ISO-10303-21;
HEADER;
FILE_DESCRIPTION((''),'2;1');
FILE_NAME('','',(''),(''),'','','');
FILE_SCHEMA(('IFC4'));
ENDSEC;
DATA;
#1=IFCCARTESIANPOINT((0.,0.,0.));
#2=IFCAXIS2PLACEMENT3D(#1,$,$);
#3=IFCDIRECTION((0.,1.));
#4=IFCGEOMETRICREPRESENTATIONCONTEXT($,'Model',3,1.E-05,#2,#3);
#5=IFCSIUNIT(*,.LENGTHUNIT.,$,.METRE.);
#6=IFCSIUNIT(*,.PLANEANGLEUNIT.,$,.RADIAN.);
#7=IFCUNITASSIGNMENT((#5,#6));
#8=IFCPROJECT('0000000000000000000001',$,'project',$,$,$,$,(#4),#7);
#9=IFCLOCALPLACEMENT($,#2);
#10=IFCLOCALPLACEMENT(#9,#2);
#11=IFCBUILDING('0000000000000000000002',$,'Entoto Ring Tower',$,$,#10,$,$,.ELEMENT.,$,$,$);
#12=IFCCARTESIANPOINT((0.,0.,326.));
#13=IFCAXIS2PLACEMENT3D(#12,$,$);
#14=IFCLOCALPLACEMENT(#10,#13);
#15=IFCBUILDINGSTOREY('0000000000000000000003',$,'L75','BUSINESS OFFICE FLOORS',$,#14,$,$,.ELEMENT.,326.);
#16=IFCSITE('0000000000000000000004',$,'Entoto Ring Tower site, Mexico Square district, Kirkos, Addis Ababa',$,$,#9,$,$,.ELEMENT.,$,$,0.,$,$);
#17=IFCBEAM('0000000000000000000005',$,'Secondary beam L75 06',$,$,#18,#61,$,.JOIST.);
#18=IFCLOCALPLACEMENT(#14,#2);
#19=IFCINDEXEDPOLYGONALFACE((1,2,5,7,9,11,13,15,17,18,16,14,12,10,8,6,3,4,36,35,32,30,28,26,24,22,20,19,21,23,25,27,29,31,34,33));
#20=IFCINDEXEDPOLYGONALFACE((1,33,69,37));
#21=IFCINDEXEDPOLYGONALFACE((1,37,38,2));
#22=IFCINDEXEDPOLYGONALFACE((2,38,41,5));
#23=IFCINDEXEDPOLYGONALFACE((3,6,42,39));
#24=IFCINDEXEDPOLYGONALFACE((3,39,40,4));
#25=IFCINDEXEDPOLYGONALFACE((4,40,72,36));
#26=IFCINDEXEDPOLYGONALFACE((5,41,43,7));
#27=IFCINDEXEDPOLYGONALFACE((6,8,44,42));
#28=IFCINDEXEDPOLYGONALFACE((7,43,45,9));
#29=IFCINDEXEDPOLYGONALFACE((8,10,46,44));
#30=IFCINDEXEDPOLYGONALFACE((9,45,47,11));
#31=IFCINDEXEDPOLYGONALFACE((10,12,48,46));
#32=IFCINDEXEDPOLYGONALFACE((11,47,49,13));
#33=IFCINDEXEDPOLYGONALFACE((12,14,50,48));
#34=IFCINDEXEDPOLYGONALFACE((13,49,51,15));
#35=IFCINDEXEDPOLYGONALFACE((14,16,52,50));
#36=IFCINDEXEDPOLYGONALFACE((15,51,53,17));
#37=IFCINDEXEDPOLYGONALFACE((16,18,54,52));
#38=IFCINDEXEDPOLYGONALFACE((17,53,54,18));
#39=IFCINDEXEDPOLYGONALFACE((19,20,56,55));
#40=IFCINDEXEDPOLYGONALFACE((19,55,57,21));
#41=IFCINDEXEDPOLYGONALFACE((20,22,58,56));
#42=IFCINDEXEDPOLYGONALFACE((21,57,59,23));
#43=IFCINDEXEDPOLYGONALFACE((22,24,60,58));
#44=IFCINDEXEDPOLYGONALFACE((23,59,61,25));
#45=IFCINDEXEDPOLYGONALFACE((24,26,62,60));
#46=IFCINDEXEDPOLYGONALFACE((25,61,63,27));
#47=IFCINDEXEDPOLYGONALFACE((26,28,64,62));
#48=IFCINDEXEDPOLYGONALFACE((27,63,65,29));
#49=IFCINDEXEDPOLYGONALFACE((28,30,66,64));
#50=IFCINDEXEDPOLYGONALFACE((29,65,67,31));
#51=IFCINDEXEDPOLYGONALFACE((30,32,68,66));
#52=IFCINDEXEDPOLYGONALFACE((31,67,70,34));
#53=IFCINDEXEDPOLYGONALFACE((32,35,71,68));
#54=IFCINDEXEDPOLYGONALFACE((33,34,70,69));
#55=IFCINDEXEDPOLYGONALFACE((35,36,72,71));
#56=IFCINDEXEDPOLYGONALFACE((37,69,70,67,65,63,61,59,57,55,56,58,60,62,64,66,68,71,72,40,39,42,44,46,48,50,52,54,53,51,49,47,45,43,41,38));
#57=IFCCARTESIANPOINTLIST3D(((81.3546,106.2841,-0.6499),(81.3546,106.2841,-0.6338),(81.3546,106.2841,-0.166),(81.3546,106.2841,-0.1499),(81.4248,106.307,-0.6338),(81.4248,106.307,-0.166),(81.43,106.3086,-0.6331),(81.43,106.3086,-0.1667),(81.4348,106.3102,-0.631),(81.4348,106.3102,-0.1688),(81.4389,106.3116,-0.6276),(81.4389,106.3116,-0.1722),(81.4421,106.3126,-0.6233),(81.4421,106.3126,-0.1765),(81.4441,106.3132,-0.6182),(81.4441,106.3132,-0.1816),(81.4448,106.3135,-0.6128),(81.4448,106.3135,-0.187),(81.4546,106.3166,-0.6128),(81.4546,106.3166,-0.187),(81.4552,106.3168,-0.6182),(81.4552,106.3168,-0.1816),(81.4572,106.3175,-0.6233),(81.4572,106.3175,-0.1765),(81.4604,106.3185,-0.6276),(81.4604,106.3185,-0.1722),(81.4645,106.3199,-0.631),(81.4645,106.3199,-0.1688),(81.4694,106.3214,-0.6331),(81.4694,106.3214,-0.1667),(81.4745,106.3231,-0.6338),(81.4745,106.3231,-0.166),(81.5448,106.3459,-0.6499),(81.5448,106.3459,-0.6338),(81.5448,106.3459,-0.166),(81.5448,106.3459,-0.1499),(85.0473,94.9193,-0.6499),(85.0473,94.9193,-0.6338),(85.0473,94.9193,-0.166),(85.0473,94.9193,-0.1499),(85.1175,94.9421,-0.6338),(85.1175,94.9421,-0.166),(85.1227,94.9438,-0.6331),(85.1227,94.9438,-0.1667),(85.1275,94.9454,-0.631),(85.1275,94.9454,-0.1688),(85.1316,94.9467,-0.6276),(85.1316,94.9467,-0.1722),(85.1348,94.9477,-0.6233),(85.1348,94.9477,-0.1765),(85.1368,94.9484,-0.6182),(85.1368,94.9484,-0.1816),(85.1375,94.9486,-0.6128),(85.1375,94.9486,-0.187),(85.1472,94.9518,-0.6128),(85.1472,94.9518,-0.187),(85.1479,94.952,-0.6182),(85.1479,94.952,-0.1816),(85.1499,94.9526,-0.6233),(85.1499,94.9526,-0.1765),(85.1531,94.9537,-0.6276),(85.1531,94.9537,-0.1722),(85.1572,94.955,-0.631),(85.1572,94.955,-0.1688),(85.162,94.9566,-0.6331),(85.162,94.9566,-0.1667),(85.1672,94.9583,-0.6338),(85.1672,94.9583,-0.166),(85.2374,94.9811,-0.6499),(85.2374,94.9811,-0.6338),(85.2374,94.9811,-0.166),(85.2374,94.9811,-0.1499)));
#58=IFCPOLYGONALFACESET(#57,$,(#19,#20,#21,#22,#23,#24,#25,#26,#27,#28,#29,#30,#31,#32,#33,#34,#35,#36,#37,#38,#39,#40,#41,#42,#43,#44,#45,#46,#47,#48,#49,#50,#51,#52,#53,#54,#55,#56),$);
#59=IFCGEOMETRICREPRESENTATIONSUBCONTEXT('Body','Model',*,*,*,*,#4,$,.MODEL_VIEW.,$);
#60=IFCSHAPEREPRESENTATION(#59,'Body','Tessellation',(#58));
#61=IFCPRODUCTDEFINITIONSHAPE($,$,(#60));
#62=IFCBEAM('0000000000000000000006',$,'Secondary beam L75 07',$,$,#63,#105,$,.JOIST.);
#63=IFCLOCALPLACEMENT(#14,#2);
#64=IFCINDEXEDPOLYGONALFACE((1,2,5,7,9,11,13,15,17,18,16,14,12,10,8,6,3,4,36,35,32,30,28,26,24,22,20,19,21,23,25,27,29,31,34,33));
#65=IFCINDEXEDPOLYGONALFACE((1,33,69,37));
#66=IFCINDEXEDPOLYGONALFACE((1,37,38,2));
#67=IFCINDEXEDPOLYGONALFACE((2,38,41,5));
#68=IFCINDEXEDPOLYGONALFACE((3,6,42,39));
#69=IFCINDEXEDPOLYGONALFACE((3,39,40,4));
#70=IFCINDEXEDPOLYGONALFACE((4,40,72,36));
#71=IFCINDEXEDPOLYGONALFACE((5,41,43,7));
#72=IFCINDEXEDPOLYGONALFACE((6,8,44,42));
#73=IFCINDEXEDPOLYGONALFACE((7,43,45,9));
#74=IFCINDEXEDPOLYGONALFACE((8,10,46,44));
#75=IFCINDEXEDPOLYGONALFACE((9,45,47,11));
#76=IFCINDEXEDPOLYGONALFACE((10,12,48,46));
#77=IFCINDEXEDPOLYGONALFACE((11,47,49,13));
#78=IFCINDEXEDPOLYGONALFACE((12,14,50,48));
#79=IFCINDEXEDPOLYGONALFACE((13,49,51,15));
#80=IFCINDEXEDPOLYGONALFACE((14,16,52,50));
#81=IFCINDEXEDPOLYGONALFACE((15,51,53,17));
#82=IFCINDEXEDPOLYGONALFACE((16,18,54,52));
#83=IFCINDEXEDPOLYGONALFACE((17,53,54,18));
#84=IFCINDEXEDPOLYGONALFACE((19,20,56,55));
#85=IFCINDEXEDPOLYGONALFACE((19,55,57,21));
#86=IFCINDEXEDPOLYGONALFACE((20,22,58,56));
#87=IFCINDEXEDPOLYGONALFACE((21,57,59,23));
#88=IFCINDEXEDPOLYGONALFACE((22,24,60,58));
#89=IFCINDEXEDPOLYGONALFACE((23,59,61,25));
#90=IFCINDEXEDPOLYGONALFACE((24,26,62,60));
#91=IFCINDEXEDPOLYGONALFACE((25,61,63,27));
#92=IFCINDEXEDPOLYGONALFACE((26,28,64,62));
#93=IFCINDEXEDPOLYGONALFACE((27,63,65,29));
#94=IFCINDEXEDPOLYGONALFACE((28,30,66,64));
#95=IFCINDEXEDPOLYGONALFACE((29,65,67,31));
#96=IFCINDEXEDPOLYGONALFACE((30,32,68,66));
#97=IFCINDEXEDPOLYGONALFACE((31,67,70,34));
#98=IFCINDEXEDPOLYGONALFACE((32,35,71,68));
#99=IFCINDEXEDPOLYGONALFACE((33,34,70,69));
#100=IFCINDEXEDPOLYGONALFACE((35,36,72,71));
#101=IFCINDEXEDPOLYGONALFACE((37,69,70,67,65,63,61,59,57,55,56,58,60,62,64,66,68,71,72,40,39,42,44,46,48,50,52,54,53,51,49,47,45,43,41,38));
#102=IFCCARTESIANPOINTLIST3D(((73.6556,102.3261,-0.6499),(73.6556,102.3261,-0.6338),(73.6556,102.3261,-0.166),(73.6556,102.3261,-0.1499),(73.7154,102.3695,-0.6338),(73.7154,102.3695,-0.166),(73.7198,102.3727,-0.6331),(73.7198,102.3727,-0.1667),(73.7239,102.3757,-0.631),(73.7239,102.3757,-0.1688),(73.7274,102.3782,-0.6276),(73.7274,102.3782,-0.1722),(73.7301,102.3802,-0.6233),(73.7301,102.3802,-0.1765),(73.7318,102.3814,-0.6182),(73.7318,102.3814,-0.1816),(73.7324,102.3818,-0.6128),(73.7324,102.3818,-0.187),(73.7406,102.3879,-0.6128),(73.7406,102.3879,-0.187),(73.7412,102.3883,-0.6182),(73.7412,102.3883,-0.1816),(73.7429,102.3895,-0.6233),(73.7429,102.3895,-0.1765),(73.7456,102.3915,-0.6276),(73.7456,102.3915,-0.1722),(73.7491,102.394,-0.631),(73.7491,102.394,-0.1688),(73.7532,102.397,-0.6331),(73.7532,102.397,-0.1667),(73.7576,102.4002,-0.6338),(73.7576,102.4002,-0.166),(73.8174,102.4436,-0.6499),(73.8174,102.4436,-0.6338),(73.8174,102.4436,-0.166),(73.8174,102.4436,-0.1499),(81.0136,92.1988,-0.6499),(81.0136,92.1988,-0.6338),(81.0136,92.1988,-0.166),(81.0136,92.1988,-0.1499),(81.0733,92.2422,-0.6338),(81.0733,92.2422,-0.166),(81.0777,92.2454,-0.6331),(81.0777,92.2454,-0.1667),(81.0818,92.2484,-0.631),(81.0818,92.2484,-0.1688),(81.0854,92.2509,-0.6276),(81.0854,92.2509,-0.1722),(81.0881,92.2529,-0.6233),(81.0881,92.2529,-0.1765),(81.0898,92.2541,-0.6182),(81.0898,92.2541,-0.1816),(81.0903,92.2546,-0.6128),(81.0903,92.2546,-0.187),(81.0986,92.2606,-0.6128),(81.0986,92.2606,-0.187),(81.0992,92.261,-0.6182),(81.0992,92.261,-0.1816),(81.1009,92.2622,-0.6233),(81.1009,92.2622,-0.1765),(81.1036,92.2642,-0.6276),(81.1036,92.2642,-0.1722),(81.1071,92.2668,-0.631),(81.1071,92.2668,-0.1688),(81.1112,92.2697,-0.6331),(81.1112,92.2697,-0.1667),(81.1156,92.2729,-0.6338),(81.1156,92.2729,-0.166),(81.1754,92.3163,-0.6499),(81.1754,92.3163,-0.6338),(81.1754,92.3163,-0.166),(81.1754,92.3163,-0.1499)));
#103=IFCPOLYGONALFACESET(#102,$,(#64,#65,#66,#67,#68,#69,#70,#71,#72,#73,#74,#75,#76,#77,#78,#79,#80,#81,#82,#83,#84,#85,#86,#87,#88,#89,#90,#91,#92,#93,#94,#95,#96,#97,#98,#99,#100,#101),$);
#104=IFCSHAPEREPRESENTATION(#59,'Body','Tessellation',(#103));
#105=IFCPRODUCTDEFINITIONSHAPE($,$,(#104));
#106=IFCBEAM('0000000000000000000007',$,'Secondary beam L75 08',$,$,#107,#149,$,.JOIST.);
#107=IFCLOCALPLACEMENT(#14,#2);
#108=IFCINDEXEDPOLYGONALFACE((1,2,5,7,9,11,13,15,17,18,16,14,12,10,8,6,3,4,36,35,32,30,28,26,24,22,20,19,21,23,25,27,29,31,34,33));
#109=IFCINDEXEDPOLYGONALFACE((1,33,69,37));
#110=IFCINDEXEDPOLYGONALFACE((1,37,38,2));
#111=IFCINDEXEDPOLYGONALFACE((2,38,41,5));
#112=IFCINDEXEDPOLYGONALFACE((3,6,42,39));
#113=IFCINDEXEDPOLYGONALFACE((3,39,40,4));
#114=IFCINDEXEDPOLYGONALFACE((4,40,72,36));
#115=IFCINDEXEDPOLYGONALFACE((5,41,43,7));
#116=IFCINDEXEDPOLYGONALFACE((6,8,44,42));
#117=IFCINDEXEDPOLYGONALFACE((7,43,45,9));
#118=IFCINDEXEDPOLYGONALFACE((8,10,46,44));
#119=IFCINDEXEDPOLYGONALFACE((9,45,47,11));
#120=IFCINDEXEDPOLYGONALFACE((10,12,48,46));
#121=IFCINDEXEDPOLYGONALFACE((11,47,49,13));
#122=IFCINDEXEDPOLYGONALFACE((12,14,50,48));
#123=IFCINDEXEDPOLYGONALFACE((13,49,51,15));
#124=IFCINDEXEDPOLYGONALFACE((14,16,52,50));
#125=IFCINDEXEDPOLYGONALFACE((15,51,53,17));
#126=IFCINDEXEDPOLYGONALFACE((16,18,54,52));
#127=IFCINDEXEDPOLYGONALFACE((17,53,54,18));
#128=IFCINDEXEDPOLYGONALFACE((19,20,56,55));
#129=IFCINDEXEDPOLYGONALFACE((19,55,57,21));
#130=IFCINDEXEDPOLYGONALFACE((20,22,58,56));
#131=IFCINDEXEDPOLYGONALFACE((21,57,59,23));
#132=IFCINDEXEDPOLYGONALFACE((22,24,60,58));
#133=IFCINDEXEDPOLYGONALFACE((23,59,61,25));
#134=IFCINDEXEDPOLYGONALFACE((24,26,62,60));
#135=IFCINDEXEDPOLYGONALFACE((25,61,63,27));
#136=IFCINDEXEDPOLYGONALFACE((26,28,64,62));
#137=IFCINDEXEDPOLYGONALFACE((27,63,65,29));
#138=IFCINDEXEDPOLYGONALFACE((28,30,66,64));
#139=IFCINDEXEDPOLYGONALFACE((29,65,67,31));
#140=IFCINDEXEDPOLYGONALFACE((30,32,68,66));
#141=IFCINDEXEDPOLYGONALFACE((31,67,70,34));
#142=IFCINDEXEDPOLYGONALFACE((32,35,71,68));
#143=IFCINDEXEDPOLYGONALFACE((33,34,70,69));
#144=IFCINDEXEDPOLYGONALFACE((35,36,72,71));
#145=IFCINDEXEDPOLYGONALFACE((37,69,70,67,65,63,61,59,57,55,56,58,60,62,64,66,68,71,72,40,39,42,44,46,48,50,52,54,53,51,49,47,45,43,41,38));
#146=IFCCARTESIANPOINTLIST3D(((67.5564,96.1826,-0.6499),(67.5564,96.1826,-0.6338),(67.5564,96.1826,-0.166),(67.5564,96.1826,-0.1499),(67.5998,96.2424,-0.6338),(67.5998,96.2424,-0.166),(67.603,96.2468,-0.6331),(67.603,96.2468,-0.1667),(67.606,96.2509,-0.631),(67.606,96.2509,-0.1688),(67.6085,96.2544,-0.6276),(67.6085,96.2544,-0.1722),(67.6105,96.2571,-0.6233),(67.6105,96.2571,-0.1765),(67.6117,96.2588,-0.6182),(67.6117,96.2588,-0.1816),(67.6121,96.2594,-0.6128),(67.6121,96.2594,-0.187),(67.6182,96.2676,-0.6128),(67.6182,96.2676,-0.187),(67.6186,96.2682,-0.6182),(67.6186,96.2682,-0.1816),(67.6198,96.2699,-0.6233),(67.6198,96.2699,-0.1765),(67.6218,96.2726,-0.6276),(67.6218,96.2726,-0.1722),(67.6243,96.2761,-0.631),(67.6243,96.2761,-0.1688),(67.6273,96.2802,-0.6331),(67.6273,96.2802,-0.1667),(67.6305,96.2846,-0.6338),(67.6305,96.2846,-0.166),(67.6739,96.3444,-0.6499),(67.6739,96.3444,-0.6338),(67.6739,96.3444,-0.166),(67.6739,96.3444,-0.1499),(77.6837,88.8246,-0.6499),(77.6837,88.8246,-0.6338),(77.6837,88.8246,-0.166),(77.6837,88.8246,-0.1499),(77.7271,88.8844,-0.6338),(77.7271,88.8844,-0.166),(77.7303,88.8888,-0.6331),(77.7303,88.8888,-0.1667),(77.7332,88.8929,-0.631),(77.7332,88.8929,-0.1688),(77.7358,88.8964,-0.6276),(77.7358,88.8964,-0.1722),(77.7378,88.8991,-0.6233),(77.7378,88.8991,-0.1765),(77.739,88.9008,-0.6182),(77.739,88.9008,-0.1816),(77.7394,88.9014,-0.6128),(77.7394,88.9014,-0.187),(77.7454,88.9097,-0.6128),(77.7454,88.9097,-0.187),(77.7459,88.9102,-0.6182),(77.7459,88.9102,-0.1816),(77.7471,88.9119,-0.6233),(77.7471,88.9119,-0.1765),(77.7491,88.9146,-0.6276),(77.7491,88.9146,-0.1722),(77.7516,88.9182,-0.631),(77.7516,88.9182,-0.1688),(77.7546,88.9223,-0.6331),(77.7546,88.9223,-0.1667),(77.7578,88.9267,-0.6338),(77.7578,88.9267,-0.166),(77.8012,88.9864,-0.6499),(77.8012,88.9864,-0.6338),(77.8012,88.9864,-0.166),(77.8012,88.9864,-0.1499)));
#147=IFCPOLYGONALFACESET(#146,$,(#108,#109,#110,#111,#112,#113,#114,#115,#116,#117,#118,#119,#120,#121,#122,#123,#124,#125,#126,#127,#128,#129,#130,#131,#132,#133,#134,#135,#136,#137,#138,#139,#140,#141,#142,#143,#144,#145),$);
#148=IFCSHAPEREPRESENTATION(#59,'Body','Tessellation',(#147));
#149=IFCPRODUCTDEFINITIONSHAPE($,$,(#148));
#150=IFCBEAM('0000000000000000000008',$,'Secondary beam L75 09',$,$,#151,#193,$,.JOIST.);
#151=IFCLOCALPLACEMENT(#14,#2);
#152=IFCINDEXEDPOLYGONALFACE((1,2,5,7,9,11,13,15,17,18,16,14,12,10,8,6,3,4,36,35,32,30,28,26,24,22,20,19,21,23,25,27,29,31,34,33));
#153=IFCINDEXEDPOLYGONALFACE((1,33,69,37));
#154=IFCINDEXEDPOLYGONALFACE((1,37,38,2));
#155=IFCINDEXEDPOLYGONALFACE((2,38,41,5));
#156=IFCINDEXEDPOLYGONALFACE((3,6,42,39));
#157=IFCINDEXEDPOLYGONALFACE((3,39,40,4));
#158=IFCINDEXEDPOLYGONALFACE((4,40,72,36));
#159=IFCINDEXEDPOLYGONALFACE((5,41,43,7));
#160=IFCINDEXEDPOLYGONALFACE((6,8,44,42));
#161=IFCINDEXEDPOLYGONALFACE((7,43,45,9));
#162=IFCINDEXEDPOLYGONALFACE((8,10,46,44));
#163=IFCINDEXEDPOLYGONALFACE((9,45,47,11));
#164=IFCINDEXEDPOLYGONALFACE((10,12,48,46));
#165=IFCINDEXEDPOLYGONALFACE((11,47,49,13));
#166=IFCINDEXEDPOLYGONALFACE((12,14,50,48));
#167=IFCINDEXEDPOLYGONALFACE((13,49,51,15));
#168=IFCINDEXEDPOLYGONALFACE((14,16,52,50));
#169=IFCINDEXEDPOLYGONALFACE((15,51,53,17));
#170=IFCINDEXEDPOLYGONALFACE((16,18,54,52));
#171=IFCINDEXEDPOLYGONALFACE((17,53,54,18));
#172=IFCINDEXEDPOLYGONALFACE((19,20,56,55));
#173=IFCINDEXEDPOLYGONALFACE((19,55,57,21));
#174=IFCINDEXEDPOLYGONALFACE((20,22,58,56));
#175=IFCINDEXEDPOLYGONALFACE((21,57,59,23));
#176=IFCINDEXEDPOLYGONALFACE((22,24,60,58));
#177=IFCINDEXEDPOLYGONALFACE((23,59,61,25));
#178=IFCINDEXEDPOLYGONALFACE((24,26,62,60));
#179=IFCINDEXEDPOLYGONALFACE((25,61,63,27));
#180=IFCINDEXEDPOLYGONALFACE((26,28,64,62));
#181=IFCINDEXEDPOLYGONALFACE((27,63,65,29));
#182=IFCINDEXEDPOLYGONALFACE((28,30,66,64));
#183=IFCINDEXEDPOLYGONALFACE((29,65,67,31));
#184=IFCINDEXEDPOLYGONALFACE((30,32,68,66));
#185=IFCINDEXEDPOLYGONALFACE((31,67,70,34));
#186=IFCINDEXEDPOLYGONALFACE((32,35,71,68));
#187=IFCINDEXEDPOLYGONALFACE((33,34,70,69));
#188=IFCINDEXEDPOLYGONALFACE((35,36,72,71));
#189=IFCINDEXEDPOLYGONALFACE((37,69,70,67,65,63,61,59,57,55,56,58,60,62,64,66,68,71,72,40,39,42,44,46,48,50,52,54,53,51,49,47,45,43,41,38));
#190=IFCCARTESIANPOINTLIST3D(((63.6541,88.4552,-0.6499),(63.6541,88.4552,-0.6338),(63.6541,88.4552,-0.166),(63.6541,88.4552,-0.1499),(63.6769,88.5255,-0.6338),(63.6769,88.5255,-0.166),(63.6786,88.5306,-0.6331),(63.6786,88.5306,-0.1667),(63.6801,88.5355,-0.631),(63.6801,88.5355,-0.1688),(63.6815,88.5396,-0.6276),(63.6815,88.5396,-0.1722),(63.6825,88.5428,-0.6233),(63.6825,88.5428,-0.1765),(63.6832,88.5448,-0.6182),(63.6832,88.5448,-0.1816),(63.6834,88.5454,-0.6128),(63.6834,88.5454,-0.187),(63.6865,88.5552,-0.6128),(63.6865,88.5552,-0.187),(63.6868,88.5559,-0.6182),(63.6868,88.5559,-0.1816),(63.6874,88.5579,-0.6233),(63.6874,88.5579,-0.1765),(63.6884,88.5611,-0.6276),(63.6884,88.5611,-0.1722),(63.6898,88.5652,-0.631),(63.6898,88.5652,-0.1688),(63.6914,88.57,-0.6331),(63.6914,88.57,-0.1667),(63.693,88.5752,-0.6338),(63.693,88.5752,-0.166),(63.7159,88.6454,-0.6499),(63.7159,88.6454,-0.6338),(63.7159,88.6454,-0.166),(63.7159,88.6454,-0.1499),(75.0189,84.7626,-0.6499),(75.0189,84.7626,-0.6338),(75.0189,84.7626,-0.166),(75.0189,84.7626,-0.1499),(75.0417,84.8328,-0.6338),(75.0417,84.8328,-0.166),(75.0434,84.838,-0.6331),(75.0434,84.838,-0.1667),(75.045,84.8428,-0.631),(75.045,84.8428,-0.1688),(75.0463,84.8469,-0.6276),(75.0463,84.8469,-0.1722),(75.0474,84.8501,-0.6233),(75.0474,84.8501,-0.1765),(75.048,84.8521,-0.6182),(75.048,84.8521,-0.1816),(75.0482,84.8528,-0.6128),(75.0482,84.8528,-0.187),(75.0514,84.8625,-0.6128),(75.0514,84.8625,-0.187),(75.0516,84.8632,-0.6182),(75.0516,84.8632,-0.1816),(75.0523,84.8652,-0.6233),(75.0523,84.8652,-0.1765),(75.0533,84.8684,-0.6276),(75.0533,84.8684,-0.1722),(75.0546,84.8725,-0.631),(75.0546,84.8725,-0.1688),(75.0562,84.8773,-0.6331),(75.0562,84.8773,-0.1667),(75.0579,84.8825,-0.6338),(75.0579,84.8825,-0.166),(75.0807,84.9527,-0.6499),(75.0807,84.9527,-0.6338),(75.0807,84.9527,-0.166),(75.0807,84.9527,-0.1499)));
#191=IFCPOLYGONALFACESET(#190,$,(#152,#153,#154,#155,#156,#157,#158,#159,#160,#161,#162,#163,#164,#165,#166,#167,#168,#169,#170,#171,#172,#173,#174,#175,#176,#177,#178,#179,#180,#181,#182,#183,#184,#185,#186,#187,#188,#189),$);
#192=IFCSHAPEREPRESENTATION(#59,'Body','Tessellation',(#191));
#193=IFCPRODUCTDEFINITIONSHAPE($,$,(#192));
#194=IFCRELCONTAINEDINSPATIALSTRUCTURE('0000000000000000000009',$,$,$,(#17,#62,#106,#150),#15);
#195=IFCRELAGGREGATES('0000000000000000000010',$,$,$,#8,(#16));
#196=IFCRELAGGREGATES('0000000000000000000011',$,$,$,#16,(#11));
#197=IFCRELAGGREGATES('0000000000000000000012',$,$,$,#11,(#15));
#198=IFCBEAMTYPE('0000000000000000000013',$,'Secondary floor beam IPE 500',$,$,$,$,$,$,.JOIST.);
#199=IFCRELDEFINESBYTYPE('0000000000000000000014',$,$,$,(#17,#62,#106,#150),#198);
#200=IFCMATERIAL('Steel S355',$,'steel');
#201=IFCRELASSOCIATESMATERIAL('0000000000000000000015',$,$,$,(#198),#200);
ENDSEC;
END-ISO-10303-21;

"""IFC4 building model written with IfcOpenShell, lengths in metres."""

from ifc_helpers import new_model, si_unit, direction, frame, origin, origin_2d, place, context, subcontext, project, spatial, i_section, extrude, material, material_profile, profile_set, type_object, element, save


model = new_model("IFC4")

# Units and contexts
model_context = context("Model", 3, precision=1e-05, world=origin(), true_north=direction((0.0, 1.0)))
body_context = subcontext(model_context, "Body", "Model", "MODEL_VIEW")
ifc_project = project(units=[si_unit("LENGTHUNIT", "METRE"), si_unit("PLANEANGLEUNIT", "RADIAN")], contexts=[model_context])

# Site, building, storey
site_placement = place(None, origin())
site = spatial("IfcSite", under=ifc_project, at=site_placement, Name="Entoto Ring Tower site, Mexico Square district, Kirkos, Addis Ababa", CompositionType="ELEMENT", RefElevation=0.0)
building_placement = place(site_placement, origin())
building = spatial("IfcBuilding", under=site, at=building_placement, Name="Entoto Ring Tower", CompositionType="ELEMENT")
storey_placement = place(building_placement, frame((0.0, 0.0, 326.0)))
storey = spatial("IfcBuildingStorey", under=building, at=storey_placement, Name="L75", Description="BUSINESS OFFICE FLOORS", CompositionType="ELEMENT", Elevation=326.0)

# Beams
ifc_material_1 = material(Name="Steel S355", Category="steel")
ifc_material_profile_1 = material_profile(ifc_material_1, i_section(OverallWidth=0.2, OverallDepth=0.5, WebThickness=0.0103, FlangeThickness=0.0161, FilletRadius=0.021, at=origin_2d()), Name="IPE 500")
ifc_profile_set_1 = profile_set([ifc_material_profile_1], Name="Steel S355")
beam_type_1 = type_object("IfcBeamType", Name="Secondary floor beam IPE 500", PredefinedType="JOIST", material=ifc_profile_set_1)
beam_1_placement = place(storey_placement, frame((85.1423, 94.9502, -0.3999), z_axis=(-0.309017, 0.951057, 0.0), x_axis=(-0.951057, -0.309017, 0.0)))
element("IfcBeam", 1, at=beam_1_placement, inside=storey, type_object=beam_type_1, Name="Secondary beam L75 06", PredefinedType="JOIST", context=body_context, shape_type="SweptSolid", body=[
    extrude(i_section(OverallWidth=0.2, OverallDepth=0.5, WebThickness=0.0103, FlangeThickness=0.0161, FilletRadius=0.021, at=origin_2d()), origin(), (0.0, 0.0, 1.0), 11.9497),
])
for number, where, z_axis, x_axis, name in (
    (2, (81.0945, 92.2576, -0.3999), (-0.587789, 0.809014, 0.0), (-0.809014, -0.587789, 0.0), "Secondary beam L75 07"),
    (3, (77.7424, 88.9055, -0.3999), (-0.809014, 0.587789, 0.0), (-0.587789, -0.809014, 0.0), "Secondary beam L75 08"),
):
    element("IfcBeam", number, at=place(storey_placement, frame(where, z_axis=z_axis, x_axis=x_axis)), inside=storey, type_object=beam_type_1, Name=name, PredefinedType="JOIST", context=body_context, shape_type="SweptSolid", body=[
        extrude(i_section(OverallWidth=0.2, OverallDepth=0.5, WebThickness=0.0103, FlangeThickness=0.0161, FilletRadius=0.021, at=origin_2d()), origin(), (0.0, 0.0, 1.0), 12.5181),
    ])
beam_2_placement = place(storey_placement, frame((75.0498, 84.8577, -0.3999), z_axis=(-0.951057, 0.309017, 0.0), x_axis=(-0.309017, -0.951057, 0.0)))
element("IfcBeam", 4, at=beam_2_placement, inside=storey, type_object=beam_type_1, Name="Secondary beam L75 09", PredefinedType="JOIST", context=body_context, shape_type="SweptSolid", body=[
    extrude(i_section(OverallWidth=0.2, OverallDepth=0.5, WebThickness=0.0103, FlangeThickness=0.0161, FilletRadius=0.021, at=origin_2d()), origin(), (0.0, 0.0, 1.0), 11.9497),
])

save(model, "model.ifc")
